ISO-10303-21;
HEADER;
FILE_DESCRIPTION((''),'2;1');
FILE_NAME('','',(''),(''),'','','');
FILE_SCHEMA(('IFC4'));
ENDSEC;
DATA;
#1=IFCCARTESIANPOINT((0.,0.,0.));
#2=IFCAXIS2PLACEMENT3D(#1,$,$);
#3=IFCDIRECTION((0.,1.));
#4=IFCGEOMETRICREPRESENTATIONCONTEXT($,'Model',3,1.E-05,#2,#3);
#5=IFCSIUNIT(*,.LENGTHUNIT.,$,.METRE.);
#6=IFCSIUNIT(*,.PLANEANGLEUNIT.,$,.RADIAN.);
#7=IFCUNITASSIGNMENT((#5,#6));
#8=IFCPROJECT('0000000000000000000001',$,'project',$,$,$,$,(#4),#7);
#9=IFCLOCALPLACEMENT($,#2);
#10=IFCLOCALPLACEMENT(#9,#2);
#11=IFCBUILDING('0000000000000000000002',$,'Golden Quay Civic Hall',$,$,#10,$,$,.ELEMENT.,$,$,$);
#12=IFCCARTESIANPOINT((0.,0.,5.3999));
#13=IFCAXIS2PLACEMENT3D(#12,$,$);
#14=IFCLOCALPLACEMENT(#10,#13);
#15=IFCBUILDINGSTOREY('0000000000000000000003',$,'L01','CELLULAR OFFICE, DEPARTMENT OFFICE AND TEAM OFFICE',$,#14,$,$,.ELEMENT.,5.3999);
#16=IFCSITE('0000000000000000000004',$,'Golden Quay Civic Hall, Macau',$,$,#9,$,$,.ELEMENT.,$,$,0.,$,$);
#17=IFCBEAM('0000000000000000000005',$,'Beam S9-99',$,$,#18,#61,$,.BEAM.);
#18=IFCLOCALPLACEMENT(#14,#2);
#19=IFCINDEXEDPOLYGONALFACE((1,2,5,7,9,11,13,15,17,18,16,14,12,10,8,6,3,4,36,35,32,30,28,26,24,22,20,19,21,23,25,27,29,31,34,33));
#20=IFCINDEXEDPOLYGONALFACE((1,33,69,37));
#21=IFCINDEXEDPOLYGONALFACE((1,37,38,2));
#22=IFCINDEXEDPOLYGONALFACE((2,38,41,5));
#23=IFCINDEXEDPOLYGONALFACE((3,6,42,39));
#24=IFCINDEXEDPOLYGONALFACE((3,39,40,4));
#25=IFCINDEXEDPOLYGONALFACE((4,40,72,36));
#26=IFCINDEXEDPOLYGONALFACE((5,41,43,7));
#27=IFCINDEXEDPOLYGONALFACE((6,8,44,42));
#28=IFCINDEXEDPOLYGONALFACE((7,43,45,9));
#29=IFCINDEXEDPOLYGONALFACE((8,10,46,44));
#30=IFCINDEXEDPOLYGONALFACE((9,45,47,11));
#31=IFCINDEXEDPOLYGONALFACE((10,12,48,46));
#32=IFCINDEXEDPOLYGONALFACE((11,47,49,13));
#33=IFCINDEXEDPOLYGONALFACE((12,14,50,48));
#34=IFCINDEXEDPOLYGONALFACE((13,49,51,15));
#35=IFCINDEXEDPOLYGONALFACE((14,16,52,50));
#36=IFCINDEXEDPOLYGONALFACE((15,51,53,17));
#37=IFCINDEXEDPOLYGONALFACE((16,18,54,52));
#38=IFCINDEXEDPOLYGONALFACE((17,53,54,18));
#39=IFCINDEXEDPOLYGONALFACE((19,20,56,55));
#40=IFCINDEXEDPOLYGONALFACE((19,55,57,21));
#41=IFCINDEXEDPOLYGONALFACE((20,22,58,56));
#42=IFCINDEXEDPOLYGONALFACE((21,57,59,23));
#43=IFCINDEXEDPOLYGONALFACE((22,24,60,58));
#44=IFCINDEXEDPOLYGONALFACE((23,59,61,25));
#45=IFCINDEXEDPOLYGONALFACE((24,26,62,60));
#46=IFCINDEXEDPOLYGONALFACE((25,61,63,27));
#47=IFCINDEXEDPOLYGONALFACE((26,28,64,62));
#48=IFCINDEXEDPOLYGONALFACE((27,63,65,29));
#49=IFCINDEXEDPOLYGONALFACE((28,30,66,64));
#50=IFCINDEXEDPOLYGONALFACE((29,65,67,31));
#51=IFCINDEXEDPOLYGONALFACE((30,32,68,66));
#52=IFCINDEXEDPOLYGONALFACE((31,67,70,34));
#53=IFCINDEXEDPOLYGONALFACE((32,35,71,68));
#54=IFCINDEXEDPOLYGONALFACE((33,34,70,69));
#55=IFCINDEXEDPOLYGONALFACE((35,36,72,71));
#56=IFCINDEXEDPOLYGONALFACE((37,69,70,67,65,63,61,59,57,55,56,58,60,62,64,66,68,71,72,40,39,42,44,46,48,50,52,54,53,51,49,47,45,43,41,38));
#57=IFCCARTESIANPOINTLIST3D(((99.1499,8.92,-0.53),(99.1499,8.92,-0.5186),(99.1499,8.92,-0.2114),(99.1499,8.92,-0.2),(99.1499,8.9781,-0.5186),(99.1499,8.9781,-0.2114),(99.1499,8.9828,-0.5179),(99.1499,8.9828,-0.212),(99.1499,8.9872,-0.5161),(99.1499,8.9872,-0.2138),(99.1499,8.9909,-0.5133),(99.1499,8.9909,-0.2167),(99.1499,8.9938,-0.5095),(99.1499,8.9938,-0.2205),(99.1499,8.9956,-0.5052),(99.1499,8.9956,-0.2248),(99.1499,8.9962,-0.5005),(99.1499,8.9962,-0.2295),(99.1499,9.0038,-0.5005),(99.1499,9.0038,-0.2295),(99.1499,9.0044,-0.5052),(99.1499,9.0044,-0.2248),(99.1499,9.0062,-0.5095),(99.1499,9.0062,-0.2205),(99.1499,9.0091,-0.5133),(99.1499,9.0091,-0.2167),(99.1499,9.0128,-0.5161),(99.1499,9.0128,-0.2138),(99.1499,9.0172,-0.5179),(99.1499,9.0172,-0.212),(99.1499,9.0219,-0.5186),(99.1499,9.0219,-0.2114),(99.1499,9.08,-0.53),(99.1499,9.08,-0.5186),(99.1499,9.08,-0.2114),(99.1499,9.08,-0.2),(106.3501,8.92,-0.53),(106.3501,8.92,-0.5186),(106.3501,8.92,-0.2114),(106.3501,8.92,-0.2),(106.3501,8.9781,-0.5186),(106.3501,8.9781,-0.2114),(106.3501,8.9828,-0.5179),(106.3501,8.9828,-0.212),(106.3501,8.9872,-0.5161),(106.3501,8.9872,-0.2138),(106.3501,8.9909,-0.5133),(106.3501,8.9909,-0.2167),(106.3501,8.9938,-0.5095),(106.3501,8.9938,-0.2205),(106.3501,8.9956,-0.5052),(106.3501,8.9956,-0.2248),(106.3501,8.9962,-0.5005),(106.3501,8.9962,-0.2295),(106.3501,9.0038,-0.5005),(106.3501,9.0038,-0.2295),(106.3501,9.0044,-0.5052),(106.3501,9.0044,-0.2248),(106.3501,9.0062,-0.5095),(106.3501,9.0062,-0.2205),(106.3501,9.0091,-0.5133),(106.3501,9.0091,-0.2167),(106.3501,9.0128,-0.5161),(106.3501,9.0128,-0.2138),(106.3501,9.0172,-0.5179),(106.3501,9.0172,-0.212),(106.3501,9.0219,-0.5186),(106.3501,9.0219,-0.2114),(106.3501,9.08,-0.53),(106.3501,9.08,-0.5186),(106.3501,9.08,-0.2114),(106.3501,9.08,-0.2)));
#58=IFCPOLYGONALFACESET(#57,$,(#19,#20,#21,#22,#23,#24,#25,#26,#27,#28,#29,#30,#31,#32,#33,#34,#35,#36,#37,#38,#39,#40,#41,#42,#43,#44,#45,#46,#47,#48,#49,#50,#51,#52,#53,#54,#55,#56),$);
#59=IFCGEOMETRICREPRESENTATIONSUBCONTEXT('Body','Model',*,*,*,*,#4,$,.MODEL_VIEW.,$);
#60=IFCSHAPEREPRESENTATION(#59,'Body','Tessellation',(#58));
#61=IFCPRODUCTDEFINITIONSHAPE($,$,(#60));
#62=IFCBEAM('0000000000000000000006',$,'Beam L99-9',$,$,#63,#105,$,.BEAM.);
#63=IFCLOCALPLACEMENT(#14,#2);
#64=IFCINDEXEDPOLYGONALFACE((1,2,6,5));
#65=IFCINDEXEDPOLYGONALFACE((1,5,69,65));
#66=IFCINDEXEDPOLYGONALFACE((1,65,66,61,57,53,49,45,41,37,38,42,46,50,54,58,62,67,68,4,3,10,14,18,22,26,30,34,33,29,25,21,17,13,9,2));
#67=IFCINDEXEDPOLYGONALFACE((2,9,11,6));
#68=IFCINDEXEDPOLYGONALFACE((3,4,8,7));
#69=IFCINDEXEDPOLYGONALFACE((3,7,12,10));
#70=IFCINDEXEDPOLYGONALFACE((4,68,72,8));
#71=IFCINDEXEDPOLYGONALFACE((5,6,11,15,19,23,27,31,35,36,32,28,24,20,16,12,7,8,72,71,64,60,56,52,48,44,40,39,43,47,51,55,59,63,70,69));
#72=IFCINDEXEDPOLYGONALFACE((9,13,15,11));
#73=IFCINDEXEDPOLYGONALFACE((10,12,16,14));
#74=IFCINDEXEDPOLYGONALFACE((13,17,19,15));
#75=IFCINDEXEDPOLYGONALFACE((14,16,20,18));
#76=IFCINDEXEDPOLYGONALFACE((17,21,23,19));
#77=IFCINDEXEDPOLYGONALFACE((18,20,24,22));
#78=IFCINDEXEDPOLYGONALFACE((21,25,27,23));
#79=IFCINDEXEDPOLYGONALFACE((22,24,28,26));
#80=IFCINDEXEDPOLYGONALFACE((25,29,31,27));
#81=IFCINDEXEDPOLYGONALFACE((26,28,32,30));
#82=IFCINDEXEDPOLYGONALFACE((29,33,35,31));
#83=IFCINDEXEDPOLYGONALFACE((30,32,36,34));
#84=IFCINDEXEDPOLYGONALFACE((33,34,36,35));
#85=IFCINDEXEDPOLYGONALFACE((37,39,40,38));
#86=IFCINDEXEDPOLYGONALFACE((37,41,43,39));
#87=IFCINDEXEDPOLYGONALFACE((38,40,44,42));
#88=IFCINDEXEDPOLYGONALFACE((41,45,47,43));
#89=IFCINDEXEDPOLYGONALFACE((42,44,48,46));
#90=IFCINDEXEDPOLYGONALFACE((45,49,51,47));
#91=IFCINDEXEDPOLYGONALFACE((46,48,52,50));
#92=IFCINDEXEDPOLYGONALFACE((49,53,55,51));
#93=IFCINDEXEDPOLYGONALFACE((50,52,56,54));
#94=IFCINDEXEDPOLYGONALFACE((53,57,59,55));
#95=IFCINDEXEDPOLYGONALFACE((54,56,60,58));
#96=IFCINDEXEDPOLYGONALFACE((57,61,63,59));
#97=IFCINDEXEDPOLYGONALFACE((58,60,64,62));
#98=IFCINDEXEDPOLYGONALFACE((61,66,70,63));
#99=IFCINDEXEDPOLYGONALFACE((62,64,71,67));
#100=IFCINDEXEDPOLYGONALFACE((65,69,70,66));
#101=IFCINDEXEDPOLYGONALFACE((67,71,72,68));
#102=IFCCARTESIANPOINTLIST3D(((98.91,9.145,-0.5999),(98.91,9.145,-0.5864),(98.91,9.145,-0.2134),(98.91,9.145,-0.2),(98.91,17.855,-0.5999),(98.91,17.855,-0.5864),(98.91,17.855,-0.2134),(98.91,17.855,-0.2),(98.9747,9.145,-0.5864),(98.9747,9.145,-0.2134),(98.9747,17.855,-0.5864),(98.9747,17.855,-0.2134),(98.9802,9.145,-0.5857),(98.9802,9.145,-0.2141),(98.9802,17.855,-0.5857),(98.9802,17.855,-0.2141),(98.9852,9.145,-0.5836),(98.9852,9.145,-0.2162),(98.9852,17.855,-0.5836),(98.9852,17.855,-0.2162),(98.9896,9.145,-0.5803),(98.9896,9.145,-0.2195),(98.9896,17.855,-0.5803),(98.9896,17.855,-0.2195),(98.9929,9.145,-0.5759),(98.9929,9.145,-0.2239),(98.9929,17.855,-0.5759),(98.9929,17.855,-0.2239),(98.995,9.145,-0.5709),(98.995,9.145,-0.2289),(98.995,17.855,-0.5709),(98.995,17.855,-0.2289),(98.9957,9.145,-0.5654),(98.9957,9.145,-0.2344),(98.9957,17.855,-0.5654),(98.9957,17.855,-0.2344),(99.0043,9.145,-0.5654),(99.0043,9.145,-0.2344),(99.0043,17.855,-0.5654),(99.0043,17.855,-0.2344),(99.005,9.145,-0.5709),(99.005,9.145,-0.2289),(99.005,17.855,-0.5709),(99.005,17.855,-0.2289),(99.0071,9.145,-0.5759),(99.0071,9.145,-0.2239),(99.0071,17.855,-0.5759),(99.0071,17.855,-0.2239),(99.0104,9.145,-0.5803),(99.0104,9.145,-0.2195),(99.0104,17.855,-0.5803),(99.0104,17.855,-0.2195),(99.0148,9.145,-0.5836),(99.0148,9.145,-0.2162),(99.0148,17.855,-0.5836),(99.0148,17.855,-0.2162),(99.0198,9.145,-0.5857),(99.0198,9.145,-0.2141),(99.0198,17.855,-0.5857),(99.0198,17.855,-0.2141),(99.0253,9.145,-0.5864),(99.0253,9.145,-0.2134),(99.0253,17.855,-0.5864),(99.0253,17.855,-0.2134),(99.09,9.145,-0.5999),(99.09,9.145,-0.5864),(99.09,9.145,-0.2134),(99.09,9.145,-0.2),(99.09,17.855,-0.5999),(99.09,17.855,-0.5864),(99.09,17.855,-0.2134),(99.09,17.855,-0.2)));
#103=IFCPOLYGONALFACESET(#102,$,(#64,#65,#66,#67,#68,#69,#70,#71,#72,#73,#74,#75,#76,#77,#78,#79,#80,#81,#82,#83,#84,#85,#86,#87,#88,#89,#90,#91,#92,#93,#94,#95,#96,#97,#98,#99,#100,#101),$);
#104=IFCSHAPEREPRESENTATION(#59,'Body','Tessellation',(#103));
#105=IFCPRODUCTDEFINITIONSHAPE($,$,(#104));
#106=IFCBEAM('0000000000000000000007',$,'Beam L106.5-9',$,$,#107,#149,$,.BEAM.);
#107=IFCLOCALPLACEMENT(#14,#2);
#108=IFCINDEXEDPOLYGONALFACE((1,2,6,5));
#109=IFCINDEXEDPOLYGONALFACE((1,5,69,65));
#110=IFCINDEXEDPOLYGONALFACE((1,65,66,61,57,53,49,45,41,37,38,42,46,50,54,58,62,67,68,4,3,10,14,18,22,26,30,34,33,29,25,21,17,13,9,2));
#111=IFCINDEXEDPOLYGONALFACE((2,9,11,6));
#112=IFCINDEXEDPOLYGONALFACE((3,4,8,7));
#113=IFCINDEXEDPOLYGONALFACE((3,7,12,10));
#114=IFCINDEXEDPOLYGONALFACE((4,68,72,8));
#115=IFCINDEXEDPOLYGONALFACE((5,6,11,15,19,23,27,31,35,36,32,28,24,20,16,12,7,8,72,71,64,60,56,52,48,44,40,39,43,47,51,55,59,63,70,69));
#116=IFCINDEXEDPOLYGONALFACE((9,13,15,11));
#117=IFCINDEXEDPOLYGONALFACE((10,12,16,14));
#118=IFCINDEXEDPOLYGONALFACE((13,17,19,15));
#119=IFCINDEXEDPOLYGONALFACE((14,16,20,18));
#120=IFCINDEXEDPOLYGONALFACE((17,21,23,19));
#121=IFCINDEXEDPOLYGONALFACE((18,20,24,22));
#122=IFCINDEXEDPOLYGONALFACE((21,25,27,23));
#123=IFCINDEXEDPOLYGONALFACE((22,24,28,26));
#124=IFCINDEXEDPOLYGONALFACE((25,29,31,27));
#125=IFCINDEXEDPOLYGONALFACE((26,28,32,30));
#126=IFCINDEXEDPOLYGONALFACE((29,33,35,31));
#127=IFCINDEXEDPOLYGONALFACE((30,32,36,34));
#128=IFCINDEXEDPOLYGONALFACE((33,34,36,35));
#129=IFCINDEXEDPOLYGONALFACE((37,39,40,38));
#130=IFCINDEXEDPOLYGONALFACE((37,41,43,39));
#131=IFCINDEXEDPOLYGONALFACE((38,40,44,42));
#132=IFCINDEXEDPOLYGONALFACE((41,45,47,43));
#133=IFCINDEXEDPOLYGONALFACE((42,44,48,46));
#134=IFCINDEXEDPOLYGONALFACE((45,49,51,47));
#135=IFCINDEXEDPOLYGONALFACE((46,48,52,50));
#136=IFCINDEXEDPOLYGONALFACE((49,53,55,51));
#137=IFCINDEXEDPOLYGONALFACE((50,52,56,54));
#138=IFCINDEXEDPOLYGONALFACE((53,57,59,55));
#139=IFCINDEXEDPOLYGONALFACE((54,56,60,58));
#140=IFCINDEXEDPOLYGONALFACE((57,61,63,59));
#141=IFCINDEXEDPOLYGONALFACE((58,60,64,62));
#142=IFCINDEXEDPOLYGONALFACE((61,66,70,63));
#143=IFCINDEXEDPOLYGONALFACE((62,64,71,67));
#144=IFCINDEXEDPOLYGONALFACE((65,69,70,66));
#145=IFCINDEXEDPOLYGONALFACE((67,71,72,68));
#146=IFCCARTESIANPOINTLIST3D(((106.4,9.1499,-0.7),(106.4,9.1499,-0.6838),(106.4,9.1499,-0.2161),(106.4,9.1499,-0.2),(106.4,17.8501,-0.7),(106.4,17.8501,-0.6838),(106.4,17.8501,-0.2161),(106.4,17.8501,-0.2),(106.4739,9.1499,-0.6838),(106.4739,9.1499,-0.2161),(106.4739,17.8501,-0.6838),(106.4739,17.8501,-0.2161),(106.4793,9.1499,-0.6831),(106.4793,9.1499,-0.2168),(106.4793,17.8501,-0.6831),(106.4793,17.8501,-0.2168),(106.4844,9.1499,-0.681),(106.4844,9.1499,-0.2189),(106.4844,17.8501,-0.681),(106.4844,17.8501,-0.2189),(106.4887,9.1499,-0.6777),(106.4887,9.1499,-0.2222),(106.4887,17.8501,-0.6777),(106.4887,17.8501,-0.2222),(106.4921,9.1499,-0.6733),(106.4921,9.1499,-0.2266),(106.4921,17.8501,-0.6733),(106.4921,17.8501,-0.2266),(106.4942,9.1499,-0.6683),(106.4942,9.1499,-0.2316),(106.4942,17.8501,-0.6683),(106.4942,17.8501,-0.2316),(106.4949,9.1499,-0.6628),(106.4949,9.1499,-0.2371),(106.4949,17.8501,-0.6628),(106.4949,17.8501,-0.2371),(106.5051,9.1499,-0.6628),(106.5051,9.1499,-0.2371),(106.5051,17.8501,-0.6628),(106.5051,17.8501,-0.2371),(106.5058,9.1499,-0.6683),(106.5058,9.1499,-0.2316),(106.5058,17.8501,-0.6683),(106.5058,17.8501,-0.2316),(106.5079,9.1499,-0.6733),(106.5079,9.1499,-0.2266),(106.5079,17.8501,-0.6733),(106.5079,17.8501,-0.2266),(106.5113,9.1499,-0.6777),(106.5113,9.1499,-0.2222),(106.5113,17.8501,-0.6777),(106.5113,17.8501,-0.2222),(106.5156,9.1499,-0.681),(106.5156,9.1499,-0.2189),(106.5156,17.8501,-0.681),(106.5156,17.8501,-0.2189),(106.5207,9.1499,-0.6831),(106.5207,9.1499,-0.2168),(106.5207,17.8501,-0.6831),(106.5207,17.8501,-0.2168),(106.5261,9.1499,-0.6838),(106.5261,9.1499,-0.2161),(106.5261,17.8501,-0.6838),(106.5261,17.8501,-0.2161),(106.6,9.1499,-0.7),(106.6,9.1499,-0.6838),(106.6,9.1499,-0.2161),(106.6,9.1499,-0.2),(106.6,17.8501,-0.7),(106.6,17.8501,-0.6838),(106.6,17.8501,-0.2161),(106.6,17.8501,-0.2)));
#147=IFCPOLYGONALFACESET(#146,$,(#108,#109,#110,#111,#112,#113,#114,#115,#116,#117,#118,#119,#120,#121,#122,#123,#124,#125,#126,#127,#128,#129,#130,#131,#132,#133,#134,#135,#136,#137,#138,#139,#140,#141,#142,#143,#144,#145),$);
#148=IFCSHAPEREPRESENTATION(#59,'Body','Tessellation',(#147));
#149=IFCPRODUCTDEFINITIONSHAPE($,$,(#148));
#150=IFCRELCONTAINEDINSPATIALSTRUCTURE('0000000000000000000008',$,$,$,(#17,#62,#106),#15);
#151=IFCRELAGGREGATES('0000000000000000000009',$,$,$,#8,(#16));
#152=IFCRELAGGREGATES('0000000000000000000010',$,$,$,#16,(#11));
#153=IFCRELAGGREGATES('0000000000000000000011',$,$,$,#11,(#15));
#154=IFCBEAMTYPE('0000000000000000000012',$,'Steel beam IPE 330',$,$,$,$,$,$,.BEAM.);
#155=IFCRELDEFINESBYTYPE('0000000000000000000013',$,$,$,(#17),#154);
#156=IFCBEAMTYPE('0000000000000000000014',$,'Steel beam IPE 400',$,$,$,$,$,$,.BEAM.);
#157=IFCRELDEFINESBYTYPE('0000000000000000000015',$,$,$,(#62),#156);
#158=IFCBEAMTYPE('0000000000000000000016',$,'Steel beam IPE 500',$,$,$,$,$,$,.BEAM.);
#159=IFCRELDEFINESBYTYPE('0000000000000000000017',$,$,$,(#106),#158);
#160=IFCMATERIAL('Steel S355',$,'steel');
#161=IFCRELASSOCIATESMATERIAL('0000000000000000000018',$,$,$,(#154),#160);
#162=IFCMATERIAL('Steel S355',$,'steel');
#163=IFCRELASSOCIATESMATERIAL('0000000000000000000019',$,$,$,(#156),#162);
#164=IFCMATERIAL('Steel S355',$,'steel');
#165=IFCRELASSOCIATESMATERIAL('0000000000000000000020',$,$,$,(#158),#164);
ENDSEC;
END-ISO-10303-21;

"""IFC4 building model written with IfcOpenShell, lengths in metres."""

from ifc_helpers import new_model, si_unit, direction, frame, origin, origin_2d, place, context, subcontext, project, spatial, i_section, extrude, material, material_profile, profile_set, type_object, element, save


model = new_model("IFC4")

# Units and contexts
model_context = context("Model", 3, precision=1e-05, world=origin(), true_north=direction((0.0, 1.0)))
body_context = subcontext(model_context, "Body", "Model", "MODEL_VIEW")
ifc_project = project(units=[si_unit("LENGTHUNIT", "METRE"), si_unit("PLANEANGLEUNIT", "RADIAN")], contexts=[model_context])

# Site, building, storey
site_placement = place(None, origin())
site = spatial("IfcSite", under=ifc_project, at=site_placement, Name="Golden Quay Civic Hall, Macau", CompositionType="ELEMENT", RefElevation=0.0)
building_placement = place(site_placement, origin())
building = spatial("IfcBuilding", under=site, at=building_placement, Name="Golden Quay Civic Hall", CompositionType="ELEMENT")
storey_placement = place(building_placement, frame((0.0, 0.0, 5.3999)))
storey = spatial("IfcBuildingStorey", under=building, at=storey_placement, Name="L01", Description="CELLULAR OFFICE, DEPARTMENT OFFICE AND TEAM OFFICE", CompositionType="ELEMENT", Elevation=5.3999)

# Beams
ifc_material_1 = material(Name="Steel S355", Category="steel")
ifc_material_profile_1 = material_profile(ifc_material_1, i_section(OverallWidth=0.1599, OverallDepth=0.3301, WebThickness=0.0076, FlangeThickness=0.0115, FilletRadius=0.0181, at=origin_2d()), Name="IPE 330")
ifc_profile_set_1 = profile_set([ifc_material_profile_1], Name="Steel S355")
beam_type_1 = type_object("IfcBeamType", Name="Steel beam IPE 330", PredefinedType="BEAM", material=ifc_profile_set_1)
beam_1_placement = place(storey_placement, frame((99.1499, 9.0, -0.365), z_axis=(1.0, 0.0, 0.0), x_axis=(0.0, 1.0, 0.0)))
element("IfcBeam", 1, at=beam_1_placement, inside=storey, type_object=beam_type_1, Name="Beam S9-99", PredefinedType="BEAM", context=body_context, shape_type="SweptSolid", body=[
    extrude(i_section(OverallWidth=0.1599, OverallDepth=0.3301, WebThickness=0.0076, FlangeThickness=0.0115, FilletRadius=0.0181, at=origin_2d()), origin(), (0.0, 0.0, 1.0), 7.2002),
])
ifc_material_2 = material(Name="Steel S355", Category="steel")
ifc_material_profile_2 = material_profile(ifc_material_2, i_section(OverallWidth=0.1799, OverallDepth=0.3999, WebThickness=0.0085, FlangeThickness=0.0134, FilletRadius=0.021, at=origin_2d()), Name="IPE 400")
ifc_profile_set_2 = profile_set([ifc_material_profile_2], Name="Steel S355")
beam_type_2 = type_object("IfcBeamType", Name="Steel beam IPE 400", PredefinedType="BEAM", material=ifc_profile_set_2)
beam_2_placement = place(storey_placement, frame((99.0, 9.145, -0.3999), z_axis=(0.0, 1.0, 0.0), x_axis=(-1.0, 0.0, 0.0)))
element("IfcBeam", 2, at=beam_2_placement, inside=storey, type_object=beam_type_2, Name="Beam L99-9", PredefinedType="BEAM", context=body_context, shape_type="SweptSolid", body=[
    extrude(i_section(OverallWidth=0.1799, OverallDepth=0.3999, WebThickness=0.0085, FlangeThickness=0.0134, FilletRadius=0.021, at=origin_2d()), origin(), (0.0, 0.0, 1.0), 8.71),
])
ifc_material_3 = material(Name="Steel S355", Category="steel")
ifc_material_profile_3 = material_profile(ifc_material_3, i_section(OverallWidth=0.2, OverallDepth=0.5, WebThickness=0.0103, FlangeThickness=0.0161, FilletRadius=0.021, at=origin_2d()), Name="IPE 500")
ifc_profile_set_3 = profile_set([ifc_material_profile_3], Name="Steel S355")
beam_type_3 = type_object("IfcBeamType", Name="Steel beam IPE 500", PredefinedType="BEAM", material=ifc_profile_set_3)
beam_3_placement = place(storey_placement, frame((106.5, 9.1499, -0.45), z_axis=(0.0, 1.0, 0.0), x_axis=(-1.0, 0.0, 0.0)))
element("IfcBeam", 3, at=beam_3_placement, inside=storey, type_object=beam_type_3, Name="Beam L106.5-9", PredefinedType="BEAM", context=body_context, shape_type="SweptSolid", body=[
    extrude(i_section(OverallWidth=0.2, OverallDepth=0.5, WebThickness=0.0103, FlangeThickness=0.0161, FilletRadius=0.021, at=origin_2d()), origin(), (0.0, 0.0, 1.0), 8.7002),
])

save(model, "model.ifc")
